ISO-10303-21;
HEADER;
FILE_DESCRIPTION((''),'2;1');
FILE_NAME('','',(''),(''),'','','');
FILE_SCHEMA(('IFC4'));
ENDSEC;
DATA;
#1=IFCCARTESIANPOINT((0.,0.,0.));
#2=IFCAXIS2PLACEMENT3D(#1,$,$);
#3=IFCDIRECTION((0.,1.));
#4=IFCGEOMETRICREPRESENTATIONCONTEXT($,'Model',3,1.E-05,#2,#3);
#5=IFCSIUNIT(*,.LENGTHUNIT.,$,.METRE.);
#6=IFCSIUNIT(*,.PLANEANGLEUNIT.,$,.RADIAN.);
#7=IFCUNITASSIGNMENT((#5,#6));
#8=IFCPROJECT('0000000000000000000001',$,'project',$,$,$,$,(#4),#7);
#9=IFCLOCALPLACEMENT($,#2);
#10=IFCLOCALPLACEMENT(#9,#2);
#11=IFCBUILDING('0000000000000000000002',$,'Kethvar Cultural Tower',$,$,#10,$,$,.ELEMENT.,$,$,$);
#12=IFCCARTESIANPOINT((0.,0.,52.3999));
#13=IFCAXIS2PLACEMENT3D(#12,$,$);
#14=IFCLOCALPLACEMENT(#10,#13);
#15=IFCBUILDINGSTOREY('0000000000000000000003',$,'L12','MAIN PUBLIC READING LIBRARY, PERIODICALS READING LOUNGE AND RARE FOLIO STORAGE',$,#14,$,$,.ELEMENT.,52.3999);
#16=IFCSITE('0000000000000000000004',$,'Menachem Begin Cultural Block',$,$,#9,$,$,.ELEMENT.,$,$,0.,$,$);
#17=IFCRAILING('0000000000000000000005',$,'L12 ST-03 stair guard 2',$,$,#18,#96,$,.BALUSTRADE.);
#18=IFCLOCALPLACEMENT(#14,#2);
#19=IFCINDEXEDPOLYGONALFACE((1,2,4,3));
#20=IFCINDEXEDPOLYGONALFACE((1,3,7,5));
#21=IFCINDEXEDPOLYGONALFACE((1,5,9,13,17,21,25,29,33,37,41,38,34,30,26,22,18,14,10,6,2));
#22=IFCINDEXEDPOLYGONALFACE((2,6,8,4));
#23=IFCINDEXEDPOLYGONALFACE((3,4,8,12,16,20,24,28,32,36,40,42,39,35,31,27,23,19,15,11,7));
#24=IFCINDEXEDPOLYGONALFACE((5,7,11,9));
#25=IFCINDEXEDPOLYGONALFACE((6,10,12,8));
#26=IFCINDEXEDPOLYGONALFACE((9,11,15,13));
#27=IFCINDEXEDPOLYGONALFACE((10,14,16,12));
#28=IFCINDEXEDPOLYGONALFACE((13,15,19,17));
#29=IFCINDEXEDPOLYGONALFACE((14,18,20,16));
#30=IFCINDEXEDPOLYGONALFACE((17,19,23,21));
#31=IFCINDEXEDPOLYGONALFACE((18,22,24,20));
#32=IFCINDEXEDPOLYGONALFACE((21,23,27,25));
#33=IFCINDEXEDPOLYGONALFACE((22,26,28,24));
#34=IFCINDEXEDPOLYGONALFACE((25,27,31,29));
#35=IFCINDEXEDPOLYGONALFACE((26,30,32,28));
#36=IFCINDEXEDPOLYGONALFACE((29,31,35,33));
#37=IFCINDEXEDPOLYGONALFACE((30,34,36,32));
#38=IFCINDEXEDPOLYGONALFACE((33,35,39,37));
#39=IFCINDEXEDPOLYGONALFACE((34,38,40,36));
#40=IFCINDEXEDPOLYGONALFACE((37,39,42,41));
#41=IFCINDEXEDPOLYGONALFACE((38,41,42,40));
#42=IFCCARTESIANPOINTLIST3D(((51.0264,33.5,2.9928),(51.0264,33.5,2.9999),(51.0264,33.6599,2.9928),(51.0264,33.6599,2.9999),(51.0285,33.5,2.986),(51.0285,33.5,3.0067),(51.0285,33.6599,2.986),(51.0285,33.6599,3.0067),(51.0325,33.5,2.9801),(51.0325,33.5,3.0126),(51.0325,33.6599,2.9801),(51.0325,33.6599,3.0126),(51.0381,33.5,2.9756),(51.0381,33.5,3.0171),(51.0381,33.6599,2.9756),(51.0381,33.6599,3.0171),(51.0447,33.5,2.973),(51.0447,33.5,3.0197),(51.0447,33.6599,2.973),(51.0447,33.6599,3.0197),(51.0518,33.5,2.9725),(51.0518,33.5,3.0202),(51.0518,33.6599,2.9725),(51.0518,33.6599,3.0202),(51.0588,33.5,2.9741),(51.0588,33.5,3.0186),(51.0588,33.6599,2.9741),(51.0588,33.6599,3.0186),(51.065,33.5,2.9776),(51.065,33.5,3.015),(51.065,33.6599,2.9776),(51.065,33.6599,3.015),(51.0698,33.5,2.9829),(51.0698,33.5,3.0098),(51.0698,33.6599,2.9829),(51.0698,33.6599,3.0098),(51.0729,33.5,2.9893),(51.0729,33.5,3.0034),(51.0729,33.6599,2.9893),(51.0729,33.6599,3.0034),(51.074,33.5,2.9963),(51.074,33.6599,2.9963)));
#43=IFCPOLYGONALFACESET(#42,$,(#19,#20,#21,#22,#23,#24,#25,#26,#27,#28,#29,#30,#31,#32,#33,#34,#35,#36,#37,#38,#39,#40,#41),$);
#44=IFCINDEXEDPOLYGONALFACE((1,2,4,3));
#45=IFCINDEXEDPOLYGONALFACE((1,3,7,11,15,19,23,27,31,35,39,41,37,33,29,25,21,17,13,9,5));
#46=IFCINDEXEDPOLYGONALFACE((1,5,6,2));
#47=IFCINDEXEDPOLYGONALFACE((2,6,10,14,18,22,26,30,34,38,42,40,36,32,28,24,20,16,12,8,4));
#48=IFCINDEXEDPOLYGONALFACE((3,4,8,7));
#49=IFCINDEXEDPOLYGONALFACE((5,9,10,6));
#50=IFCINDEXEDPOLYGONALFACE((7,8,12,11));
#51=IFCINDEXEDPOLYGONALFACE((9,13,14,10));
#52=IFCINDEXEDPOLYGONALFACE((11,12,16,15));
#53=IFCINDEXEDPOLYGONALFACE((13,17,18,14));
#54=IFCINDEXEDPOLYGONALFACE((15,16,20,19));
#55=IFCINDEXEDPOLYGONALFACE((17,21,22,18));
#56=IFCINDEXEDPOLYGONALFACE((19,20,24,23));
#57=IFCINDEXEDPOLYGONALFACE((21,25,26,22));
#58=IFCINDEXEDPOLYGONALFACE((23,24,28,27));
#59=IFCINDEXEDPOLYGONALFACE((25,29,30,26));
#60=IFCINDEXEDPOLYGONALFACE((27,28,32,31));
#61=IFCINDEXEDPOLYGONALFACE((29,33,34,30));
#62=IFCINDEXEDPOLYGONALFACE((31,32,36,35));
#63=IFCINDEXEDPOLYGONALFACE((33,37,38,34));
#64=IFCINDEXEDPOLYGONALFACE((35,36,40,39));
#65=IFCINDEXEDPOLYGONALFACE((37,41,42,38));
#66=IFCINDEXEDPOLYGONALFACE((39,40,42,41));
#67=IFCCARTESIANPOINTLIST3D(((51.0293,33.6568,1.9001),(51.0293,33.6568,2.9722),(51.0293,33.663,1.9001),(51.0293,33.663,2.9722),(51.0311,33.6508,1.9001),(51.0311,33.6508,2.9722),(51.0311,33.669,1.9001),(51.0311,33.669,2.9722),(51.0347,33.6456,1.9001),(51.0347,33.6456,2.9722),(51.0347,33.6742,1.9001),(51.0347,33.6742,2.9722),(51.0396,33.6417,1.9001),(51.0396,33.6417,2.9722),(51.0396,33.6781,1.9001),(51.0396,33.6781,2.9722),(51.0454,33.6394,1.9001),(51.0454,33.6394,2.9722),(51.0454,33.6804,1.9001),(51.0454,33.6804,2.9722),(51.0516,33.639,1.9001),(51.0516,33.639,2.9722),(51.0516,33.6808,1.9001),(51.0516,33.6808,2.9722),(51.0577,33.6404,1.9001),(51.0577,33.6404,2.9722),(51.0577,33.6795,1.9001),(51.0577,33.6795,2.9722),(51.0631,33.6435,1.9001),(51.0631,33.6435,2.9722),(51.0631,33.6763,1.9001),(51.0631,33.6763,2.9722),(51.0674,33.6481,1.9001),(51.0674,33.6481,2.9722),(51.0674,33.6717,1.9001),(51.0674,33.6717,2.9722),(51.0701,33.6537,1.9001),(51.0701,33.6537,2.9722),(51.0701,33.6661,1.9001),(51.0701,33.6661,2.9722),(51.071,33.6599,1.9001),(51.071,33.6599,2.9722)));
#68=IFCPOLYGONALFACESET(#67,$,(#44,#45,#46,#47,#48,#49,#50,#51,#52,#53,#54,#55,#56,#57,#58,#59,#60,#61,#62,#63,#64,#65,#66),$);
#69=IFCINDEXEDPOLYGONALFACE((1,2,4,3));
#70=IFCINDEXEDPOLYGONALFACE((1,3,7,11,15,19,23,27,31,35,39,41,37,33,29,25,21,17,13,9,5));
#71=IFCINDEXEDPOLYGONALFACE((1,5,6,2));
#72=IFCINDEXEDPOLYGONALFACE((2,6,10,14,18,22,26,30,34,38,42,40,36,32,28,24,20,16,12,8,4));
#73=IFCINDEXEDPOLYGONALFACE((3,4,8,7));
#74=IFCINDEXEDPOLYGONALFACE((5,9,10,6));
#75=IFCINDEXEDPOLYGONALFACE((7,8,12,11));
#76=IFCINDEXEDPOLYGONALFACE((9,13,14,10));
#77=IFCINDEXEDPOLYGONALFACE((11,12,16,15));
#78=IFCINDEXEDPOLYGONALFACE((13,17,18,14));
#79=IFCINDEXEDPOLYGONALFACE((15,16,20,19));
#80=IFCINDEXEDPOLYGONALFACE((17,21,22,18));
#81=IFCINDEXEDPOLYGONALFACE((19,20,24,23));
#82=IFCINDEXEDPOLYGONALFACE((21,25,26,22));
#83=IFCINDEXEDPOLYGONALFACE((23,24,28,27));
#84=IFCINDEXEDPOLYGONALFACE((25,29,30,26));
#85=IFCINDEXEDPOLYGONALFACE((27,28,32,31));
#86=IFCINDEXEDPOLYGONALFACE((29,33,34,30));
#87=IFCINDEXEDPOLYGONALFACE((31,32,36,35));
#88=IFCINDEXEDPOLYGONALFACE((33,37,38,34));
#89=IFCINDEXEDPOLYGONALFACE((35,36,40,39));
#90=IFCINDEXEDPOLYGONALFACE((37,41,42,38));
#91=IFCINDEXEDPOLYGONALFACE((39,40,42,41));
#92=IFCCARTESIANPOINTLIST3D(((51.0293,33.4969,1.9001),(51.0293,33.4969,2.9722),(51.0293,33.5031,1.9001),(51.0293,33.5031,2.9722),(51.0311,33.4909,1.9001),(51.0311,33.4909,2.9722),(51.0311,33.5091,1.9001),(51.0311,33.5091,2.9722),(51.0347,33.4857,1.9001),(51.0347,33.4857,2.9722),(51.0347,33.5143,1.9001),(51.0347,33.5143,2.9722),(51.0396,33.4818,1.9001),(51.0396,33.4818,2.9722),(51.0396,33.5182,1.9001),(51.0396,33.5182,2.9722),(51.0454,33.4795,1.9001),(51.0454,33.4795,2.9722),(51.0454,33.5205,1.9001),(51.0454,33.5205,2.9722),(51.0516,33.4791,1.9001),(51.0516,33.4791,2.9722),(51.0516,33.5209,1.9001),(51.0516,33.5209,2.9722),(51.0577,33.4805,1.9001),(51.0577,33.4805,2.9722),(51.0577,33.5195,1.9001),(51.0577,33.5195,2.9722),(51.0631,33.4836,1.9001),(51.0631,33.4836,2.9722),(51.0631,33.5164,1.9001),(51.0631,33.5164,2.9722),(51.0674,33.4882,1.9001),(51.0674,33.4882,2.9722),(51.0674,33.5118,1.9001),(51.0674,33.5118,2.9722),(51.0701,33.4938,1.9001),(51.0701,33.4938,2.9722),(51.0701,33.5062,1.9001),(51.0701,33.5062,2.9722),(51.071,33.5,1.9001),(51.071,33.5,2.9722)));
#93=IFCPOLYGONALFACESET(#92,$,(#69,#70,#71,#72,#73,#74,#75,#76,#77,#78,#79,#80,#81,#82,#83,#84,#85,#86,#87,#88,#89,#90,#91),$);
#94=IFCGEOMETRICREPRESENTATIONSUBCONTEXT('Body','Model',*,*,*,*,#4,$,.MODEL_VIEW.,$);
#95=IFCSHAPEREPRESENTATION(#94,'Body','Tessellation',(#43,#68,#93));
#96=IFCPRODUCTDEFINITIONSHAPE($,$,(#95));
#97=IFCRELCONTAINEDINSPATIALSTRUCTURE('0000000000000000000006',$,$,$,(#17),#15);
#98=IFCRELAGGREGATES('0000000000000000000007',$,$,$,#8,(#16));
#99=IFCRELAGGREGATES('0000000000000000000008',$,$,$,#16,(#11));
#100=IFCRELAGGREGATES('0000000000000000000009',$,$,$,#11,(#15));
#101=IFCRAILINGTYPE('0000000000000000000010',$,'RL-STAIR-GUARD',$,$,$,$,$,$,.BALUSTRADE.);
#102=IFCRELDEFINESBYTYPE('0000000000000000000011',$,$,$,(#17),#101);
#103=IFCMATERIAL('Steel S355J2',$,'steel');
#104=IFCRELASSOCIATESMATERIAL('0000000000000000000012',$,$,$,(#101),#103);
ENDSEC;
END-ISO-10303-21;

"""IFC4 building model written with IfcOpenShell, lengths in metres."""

from ifc_helpers import new_model, si_unit, direction, frame, origin, origin_2d, place, context, subcontext, project, spatial, circle, extrude, material, type_object, element, save


model = new_model("IFC4")

# Units and contexts
model_context = context("Model", 3, precision=1e-05, world=origin(), true_north=direction((0.0, 1.0)))
body_context = subcontext(model_context, "Body", "Model", "MODEL_VIEW")
ifc_project = project(units=[si_unit("LENGTHUNIT", "METRE"), si_unit("PLANEANGLEUNIT", "RADIAN")], contexts=[model_context])

# Site, building, storey
site_placement = place(None, origin())
site = spatial("IfcSite", under=ifc_project, at=site_placement, Name="Menachem Begin Cultural Block", CompositionType="ELEMENT", RefElevation=0.0)
building_placement = place(site_placement, origin())
building = spatial("IfcBuilding", under=site, at=building_placement, Name="Kethvar Cultural Tower", CompositionType="ELEMENT")
storey_placement = place(building_placement, frame((0.0, 0.0, 52.3999)))
storey = spatial("IfcBuildingStorey", under=building, at=storey_placement, Name="L12", Description="MAIN PUBLIC READING LIBRARY, PERIODICALS READING LOUNGE AND RARE FOLIO STORAGE", CompositionType="ELEMENT", Elevation=52.3999)

# Shared definitions
ifc_material_1 = material(Name="Steel S355J2", Category="steel")

# Railing
railing_type_1 = type_object("IfcRailingType", Name="RL-STAIR-GUARD", PredefinedType="BALUSTRADE", material=ifc_material_1)
railing_1_placement = place(storey_placement, frame((51.05, 33.6599, 1.9001)))
element("IfcRailing", 1, at=railing_1_placement, inside=storey, type_object=railing_type_1, Name="L12 ST-03 stair guard 2", PredefinedType="BALUSTRADE", context=body_context, shape_type="SweptSolid", body=[
    extrude(circle(Radius=0.0239, at=origin_2d()), frame((0.0, 0.0, 1.0962), z_axis=(0.0, -1.0, 0.0), x_axis=(1.0, 0.0, 0.0)), (0.0, 0.0, 1.0), 0.1599),
    extrude(circle(Radius=0.021, at=origin_2d()), origin(), (0.0, 0.0, 1.0), 1.072),
    extrude(circle(Radius=0.021, at=origin_2d()), frame((0.0, -0.1599, 0.0)), (0.0, 0.0, 1.0), 1.072),
])

save(model, "model.ifc")
